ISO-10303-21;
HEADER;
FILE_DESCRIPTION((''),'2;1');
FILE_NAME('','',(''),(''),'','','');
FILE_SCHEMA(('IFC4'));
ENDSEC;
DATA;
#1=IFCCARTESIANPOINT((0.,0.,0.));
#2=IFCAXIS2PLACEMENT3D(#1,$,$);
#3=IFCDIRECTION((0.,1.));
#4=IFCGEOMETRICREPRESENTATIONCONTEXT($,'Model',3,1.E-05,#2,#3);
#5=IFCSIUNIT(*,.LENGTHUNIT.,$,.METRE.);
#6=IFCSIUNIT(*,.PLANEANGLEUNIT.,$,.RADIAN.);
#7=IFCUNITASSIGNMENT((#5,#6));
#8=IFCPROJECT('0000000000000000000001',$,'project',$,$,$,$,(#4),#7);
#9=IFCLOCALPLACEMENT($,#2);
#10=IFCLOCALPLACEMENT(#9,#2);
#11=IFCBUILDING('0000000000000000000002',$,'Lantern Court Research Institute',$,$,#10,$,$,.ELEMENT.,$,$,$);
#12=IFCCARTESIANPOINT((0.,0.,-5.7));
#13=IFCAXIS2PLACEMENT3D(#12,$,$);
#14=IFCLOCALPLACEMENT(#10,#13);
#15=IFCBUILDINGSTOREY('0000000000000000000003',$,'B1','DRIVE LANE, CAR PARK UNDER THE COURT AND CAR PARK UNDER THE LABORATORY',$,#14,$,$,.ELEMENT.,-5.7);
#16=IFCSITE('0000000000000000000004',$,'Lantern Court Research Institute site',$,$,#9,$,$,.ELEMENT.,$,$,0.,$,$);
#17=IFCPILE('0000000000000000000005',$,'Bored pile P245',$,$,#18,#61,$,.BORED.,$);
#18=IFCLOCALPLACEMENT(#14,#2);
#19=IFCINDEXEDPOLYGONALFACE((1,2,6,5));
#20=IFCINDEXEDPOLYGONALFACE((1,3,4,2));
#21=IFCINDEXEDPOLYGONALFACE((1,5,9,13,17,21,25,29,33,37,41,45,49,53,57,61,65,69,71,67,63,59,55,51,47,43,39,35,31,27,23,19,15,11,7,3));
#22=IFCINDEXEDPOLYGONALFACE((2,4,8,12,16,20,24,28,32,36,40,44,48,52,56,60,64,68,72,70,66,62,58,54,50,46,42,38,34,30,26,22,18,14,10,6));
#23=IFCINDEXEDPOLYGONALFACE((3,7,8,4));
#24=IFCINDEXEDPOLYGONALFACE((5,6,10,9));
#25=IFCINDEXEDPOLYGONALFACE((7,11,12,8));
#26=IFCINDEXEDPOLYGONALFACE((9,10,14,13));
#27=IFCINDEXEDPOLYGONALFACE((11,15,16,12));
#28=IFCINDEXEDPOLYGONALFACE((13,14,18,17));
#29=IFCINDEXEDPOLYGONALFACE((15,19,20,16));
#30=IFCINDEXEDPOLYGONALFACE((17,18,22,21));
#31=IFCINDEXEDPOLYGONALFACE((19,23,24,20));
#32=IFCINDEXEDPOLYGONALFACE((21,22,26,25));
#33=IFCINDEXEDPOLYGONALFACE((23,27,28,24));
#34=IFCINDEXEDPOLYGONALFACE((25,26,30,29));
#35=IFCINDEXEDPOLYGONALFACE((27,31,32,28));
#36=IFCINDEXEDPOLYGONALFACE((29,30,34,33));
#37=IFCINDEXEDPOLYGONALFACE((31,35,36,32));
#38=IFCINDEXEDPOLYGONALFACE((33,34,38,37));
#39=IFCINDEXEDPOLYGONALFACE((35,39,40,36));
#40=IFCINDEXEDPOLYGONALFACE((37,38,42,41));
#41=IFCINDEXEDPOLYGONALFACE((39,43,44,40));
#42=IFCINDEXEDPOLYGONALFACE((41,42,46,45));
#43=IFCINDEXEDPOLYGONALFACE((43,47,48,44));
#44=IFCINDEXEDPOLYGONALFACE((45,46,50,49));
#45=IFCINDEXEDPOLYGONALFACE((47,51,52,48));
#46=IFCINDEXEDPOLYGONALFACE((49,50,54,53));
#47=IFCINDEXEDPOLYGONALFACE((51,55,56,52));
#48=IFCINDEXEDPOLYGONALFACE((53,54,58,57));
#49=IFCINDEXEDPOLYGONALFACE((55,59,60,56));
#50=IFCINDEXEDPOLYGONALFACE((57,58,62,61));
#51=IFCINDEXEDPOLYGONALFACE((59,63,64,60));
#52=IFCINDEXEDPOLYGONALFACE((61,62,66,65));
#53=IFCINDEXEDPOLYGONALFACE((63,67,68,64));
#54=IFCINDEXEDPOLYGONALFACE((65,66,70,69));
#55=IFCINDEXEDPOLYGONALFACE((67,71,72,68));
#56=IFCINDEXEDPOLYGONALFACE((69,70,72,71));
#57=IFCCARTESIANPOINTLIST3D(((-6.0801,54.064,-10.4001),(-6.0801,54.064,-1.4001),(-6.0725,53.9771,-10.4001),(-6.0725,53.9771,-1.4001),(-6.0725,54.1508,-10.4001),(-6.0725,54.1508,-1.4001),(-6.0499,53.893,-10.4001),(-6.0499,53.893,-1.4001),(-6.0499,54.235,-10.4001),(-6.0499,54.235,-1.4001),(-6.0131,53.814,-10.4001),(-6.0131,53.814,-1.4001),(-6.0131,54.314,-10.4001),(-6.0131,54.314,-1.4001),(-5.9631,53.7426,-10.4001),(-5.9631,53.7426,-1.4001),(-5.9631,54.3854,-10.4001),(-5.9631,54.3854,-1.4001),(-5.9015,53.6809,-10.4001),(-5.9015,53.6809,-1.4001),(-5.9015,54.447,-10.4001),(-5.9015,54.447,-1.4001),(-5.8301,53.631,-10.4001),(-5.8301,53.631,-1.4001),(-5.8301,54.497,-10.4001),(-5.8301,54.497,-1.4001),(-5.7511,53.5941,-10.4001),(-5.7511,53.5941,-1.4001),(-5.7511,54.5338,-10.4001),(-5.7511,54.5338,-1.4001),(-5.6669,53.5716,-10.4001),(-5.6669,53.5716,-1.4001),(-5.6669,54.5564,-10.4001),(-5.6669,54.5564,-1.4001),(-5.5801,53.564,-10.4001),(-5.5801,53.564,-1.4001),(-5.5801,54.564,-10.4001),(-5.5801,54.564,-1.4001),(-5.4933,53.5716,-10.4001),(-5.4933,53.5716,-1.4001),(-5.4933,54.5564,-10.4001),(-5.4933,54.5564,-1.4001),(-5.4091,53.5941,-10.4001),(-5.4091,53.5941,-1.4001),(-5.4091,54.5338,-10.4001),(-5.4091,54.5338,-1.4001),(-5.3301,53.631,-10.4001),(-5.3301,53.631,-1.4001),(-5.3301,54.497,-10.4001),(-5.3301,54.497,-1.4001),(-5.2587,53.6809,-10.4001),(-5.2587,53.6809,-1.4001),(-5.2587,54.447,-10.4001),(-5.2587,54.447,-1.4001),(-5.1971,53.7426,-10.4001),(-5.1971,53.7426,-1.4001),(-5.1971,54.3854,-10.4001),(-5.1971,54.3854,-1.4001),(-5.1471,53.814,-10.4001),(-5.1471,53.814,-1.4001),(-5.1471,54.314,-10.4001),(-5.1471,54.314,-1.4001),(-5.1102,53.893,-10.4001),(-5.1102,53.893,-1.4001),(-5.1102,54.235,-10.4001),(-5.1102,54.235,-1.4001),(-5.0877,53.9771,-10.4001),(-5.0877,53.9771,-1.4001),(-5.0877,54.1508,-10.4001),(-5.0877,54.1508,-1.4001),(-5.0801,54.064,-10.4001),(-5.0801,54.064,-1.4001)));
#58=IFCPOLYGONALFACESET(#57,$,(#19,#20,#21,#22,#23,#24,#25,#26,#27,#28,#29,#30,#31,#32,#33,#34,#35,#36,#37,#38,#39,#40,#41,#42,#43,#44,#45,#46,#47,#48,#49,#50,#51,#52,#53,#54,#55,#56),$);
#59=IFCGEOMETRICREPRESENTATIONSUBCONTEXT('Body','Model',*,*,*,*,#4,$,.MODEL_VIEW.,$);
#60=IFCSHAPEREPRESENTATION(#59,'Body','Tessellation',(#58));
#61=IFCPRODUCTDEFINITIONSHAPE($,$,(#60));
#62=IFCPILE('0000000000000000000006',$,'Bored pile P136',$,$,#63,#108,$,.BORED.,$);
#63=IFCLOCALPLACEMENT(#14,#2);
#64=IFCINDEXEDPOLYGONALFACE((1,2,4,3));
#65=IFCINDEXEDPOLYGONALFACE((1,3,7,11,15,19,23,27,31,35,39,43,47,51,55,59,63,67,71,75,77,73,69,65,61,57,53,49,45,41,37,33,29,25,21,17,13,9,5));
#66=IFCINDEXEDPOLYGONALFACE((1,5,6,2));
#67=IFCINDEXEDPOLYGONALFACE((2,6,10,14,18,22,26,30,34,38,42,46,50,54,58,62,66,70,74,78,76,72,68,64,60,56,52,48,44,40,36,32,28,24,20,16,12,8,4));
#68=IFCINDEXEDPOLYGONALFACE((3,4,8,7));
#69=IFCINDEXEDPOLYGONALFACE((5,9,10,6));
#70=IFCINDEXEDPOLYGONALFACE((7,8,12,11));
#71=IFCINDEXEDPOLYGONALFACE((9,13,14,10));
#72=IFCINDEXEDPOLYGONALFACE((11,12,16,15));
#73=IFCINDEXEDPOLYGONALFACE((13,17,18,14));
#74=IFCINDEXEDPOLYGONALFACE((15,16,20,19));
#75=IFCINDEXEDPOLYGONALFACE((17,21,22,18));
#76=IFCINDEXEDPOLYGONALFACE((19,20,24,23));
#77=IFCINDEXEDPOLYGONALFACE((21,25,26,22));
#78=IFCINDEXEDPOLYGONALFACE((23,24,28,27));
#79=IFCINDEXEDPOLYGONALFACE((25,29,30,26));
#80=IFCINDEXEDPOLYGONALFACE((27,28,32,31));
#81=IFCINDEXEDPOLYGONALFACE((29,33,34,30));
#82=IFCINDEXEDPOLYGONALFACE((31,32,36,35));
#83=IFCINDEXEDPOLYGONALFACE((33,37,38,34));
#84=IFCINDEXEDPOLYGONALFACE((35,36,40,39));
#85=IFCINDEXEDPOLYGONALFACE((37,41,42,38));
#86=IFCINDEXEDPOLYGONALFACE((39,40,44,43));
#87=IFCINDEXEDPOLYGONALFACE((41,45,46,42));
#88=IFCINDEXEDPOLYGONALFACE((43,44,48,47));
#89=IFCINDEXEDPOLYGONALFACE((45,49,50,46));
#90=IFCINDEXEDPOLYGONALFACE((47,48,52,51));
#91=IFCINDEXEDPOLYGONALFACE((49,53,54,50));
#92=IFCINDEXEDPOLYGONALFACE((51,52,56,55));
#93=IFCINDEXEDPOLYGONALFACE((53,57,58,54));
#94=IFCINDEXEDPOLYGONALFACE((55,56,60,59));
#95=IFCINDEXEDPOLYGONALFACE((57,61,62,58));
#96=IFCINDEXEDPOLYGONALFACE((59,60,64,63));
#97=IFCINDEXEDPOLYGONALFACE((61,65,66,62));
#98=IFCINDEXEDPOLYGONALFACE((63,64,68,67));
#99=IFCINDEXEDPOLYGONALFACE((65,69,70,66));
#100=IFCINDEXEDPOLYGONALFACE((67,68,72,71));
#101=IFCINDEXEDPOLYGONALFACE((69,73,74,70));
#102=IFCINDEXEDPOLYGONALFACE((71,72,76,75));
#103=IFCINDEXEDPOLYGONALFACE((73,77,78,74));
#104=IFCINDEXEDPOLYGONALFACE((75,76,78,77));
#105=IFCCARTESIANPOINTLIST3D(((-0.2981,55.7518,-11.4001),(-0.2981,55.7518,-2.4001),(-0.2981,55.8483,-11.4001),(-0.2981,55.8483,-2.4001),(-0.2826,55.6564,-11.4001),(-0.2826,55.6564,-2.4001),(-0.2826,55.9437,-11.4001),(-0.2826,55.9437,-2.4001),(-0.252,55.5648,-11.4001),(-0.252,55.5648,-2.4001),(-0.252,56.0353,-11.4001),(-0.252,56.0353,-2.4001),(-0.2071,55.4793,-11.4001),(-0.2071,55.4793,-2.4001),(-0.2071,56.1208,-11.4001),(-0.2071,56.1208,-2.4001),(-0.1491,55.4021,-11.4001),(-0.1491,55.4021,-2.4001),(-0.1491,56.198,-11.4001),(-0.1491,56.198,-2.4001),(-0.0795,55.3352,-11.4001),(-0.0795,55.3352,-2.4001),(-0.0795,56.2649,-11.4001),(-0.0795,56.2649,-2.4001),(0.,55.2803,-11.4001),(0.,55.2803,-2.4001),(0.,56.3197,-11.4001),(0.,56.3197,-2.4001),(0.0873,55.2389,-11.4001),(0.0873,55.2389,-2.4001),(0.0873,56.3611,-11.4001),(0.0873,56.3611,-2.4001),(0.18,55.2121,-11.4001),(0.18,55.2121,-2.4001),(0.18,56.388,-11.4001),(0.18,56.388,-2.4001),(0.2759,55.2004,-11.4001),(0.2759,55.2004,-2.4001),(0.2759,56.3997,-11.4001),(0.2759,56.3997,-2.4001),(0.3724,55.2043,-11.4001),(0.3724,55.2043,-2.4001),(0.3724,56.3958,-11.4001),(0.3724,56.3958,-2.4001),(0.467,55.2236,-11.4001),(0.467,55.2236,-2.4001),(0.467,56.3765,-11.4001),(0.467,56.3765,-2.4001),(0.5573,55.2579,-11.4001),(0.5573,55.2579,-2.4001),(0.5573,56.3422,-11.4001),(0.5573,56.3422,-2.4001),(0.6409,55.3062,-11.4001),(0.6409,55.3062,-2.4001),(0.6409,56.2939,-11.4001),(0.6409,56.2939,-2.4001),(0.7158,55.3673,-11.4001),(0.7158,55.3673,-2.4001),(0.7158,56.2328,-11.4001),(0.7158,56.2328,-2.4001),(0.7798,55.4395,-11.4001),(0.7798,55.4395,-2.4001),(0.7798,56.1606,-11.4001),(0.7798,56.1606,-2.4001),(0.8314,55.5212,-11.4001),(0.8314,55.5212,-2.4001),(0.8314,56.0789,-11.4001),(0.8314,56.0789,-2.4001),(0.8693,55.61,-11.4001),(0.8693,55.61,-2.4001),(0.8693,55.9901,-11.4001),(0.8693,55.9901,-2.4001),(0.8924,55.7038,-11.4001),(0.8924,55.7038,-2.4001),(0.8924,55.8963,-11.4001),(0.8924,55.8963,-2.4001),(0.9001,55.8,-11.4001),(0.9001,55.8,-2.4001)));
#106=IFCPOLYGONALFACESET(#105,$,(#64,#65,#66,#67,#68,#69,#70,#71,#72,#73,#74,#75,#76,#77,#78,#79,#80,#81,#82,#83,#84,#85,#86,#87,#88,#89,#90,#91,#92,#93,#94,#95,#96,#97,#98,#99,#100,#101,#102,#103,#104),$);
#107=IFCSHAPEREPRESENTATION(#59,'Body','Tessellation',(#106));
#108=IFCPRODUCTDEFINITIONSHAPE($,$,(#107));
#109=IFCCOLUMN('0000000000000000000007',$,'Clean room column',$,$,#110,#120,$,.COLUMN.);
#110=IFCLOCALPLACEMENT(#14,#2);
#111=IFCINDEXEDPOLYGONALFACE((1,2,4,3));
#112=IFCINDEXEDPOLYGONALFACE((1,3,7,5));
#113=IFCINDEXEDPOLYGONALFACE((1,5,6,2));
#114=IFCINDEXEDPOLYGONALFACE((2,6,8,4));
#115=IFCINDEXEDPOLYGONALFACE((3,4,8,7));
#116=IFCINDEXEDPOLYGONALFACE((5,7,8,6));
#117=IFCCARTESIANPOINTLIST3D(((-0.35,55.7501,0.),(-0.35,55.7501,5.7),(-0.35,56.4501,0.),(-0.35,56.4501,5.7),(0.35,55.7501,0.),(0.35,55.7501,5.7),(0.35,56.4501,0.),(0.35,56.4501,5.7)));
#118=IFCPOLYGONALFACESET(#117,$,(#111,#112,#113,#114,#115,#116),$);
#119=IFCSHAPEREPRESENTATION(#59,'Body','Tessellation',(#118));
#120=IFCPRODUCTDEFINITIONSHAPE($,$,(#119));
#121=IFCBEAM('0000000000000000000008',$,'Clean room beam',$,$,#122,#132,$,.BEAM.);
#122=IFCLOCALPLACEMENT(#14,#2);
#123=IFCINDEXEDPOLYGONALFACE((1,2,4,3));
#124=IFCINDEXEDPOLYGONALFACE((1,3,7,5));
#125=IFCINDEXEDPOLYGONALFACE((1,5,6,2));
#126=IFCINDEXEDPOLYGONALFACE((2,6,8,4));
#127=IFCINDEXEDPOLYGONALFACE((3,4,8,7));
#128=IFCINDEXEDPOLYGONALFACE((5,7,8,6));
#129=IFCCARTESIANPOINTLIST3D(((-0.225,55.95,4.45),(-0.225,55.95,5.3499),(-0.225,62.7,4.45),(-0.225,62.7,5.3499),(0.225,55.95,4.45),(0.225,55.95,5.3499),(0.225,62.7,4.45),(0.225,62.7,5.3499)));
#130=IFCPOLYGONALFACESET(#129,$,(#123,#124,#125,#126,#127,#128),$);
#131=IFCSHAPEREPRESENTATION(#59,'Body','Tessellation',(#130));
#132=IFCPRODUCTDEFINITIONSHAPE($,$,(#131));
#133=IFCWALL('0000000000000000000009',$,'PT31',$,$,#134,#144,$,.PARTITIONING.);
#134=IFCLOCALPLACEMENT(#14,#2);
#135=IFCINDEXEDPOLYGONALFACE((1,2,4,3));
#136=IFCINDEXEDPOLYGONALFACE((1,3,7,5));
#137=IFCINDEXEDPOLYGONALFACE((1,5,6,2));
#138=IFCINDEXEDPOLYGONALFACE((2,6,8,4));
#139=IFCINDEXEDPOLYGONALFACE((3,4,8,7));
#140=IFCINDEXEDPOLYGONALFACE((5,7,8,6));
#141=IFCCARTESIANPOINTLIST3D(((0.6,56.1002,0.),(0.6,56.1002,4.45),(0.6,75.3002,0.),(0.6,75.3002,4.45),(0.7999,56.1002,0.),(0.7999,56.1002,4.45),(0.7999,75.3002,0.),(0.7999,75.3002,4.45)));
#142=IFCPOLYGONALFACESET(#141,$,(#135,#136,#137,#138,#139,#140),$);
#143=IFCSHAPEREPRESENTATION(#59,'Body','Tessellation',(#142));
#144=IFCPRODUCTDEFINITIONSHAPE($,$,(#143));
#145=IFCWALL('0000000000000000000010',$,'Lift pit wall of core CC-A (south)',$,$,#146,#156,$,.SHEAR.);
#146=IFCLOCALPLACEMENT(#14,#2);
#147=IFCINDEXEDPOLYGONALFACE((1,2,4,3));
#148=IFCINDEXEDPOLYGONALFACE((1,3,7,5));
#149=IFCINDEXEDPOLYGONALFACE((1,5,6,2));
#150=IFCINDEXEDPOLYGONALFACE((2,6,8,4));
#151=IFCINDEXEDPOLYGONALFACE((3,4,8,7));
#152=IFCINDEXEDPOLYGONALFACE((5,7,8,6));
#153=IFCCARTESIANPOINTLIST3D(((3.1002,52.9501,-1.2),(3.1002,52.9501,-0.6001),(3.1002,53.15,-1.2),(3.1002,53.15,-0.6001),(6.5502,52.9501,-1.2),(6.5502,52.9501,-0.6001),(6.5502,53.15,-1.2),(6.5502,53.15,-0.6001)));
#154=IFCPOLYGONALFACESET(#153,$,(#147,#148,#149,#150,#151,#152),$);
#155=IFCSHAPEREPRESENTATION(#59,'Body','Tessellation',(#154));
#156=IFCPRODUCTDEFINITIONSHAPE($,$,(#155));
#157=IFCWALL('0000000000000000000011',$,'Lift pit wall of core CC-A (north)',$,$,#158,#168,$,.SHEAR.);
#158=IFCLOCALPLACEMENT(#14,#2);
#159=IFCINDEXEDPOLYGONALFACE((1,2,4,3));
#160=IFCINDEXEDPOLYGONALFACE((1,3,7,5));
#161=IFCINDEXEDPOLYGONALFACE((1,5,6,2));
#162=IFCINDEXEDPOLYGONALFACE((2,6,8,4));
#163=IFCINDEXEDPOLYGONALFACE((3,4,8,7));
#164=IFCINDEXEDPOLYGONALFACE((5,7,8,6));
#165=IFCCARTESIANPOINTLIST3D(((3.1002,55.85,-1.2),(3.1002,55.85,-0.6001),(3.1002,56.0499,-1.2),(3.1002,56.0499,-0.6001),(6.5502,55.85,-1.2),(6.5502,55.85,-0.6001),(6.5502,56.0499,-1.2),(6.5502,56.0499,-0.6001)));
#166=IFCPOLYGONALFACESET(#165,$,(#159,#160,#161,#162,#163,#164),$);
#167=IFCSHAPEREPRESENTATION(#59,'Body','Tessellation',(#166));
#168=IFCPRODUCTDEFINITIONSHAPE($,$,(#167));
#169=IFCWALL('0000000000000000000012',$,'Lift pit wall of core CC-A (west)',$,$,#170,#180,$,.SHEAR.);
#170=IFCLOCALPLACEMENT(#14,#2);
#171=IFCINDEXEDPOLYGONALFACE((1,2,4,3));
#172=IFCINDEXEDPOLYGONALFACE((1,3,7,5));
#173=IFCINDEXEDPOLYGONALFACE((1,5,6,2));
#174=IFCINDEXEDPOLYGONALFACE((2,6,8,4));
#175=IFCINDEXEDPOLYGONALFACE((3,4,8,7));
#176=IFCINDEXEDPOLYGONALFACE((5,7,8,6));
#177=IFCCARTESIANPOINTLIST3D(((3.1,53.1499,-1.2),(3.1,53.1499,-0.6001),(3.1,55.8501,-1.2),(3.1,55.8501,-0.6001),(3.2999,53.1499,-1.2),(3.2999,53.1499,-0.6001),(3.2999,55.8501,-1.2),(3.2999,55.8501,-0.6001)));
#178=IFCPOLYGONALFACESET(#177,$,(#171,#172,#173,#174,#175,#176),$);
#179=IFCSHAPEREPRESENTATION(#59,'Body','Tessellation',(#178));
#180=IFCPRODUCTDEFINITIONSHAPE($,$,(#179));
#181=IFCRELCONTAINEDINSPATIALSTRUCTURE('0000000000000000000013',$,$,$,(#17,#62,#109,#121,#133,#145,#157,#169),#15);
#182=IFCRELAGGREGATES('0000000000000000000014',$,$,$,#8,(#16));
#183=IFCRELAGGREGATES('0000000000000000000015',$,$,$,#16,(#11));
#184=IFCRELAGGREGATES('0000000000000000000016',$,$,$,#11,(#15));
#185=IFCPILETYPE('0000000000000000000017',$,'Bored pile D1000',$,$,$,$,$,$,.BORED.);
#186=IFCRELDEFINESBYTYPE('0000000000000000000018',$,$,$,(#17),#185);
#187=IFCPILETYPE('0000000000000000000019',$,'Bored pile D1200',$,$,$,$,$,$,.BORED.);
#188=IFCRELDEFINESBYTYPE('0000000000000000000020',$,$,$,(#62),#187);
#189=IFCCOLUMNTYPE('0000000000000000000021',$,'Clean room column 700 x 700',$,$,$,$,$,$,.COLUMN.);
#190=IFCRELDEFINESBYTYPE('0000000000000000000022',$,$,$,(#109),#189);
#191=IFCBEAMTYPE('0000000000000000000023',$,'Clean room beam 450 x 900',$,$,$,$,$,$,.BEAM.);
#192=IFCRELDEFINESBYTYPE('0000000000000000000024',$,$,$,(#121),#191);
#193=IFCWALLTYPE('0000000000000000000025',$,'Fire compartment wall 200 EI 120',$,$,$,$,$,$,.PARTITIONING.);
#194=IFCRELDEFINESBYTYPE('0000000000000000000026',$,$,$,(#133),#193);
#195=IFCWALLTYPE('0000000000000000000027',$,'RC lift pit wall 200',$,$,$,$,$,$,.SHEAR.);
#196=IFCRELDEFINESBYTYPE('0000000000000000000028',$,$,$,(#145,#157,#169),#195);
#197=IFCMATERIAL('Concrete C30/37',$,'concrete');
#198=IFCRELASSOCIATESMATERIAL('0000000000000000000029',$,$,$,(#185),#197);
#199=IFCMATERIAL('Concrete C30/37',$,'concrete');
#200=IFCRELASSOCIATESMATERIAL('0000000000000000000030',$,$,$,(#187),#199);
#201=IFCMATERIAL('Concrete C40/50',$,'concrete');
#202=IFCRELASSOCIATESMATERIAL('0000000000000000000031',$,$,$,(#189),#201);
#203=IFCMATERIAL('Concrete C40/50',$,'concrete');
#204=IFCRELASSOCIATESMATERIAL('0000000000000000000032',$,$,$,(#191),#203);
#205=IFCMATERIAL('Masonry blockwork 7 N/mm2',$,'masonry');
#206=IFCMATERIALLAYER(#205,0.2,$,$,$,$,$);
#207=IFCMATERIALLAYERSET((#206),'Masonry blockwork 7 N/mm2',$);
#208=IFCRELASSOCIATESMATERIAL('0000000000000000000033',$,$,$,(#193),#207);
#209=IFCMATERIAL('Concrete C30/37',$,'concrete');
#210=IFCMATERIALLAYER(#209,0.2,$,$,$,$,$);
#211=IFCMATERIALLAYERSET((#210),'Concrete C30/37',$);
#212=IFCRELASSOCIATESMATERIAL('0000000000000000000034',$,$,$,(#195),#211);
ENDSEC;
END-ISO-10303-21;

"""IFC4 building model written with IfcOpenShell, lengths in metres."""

from ifc_helpers import new_model, si_unit, direction, frame, frame_2d, origin, origin_2d, place, context, subcontext, project, spatial, rectangle, circle, extrude, material, layer, layer_set, material_profile, profile_set, type_object, element, save


model = new_model("IFC4")

# Units and contexts
model_context = context("Model", 3, precision=1e-05, world=origin(), true_north=direction((0.0, 1.0)))
body_context = subcontext(model_context, "Body", "Model", "MODEL_VIEW")
ifc_project = project(units=[si_unit("LENGTHUNIT", "METRE"), si_unit("PLANEANGLEUNIT", "RADIAN")], contexts=[model_context])

# Site, building, storey
site_placement = place(None, origin())
site = spatial("IfcSite", under=ifc_project, at=site_placement, Name="Lantern Court Research Institute site", CompositionType="ELEMENT", RefElevation=0.0)
building_placement = place(site_placement, origin())
building = spatial("IfcBuilding", under=site, at=building_placement, Name="Lantern Court Research Institute", CompositionType="ELEMENT")
storey_placement = place(building_placement, frame((0.0, 0.0, -5.7)))
storey = spatial("IfcBuildingStorey", under=building, at=storey_placement, Name="B1", Description="DRIVE LANE, CAR PARK UNDER THE COURT AND CAR PARK UNDER THE LABORATORY", CompositionType="ELEMENT", Elevation=-5.7)

# Piles
ifc_material_1 = material(Name="Concrete C30/37", Category="concrete")
ifc_material_profile_1 = material_profile(ifc_material_1, circle(Radius=0.5, at=origin_2d()), Name="Bored pile D1000")
ifc_profile_set_1 = profile_set([ifc_material_profile_1], Name="Concrete C30/37")
pile_type_1 = type_object("IfcPileType", Name="Bored pile D1000", PredefinedType="BORED", material=ifc_profile_set_1)
pile_1_placement = place(storey_placement, frame((-5.5801, 54.064, -1.4001), z_axis=(0.0, 0.0, -1.0), x_axis=(1.0, 0.0, 0.0)))
element("IfcPile", 1, at=pile_1_placement, inside=storey, type_object=pile_type_1, Name="Bored pile P245", PredefinedType="BORED", context=body_context, shape_type="SweptSolid", body=[
    extrude(circle(Radius=0.5, at=origin_2d()), origin(), (0.0, 0.0, 1.0), 9.0),
])
ifc_material_2 = material(Name="Concrete C30/37", Category="concrete")
ifc_material_profile_2 = material_profile(ifc_material_2, circle(Radius=0.6001, at=origin_2d()), Name="Bored pile D1200")
ifc_profile_set_2 = profile_set([ifc_material_profile_2], Name="Concrete C30/37")
pile_type_2 = type_object("IfcPileType", Name="Bored pile D1200", PredefinedType="BORED", material=ifc_profile_set_2)
pile_2_placement = place(storey_placement, frame((0.3, 55.8, -2.4001), z_axis=(0.0, 0.0, -1.0), x_axis=(1.0, 0.0, 0.0)))
element("IfcPile", 2, at=pile_2_placement, inside=storey, type_object=pile_type_2, Name="Bored pile P136", PredefinedType="BORED", context=body_context, shape_type="SweptSolid", body=[
    extrude(circle(Radius=0.6001, at=origin_2d()), origin(), (0.0, 0.0, 1.0), 9.0),
])

# Column
ifc_material_3 = material(Name="Concrete C40/50", Category="concrete")
ifc_material_profile_3 = material_profile(ifc_material_3, rectangle(XDim=0.7, YDim=0.7, at=origin_2d()), Name="Clean room column 700 x 700")
ifc_profile_set_3 = profile_set([ifc_material_profile_3], Name="Concrete C40/50")
column_type = type_object("IfcColumnType", Name="Clean room column 700 x 700", PredefinedType="COLUMN", material=ifc_profile_set_3)
column_placement = place(storey_placement, frame((0.0, 56.1001, 0.0), z_axis=(0.0, 0.0, 1.0), x_axis=(1.0, 0.0, 0.0)))
element("IfcColumn", 3, at=column_placement, inside=storey, type_object=column_type, Name="Clean room column", PredefinedType="COLUMN", context=body_context, shape_type="SweptSolid", body=[
    extrude(rectangle(XDim=0.7, YDim=0.7, at=origin_2d()), origin(), (0.0, 0.0, 1.0), 5.7),
])

# Beam
ifc_material_4 = material(Name="Concrete C40/50", Category="concrete")
ifc_material_profile_4 = material_profile(ifc_material_4, rectangle(XDim=0.45, YDim=0.8999, at=origin_2d()), Name="Clean room beam 450 x 900")
ifc_profile_set_4 = profile_set([ifc_material_profile_4], Name="Concrete C40/50")
beam_type = type_object("IfcBeamType", Name="Clean room beam 450 x 900", PredefinedType="BEAM", material=ifc_profile_set_4)
beam_placement = place(storey_placement, frame((0.0, 55.95, 4.8999), z_axis=(0.0, 1.0, 0.0), x_axis=(-1.0, 0.0, 0.0)))
element("IfcBeam", 4, at=beam_placement, inside=storey, type_object=beam_type, Name="Clean room beam", PredefinedType="BEAM", context=body_context, shape_type="SweptSolid", body=[
    extrude(rectangle(XDim=0.45, YDim=0.8999, at=origin_2d()), origin(), (0.0, 0.0, 1.0), 6.75),
])

# Walls
ifc_material_5 = material(Name="Masonry blockwork 7 N/mm2", Category="masonry")
ifc_layer_1 = layer(ifc_material_5, 0.2)
ifc_layer_set_1 = layer_set([ifc_layer_1], Name="Masonry blockwork 7 N/mm2")
wall_type_1 = type_object("IfcWallType", Name="Fire compartment wall 200 EI 120", PredefinedType="PARTITIONING", material=ifc_layer_set_1)
wall_1_placement = place(storey_placement, frame((0.7, 56.1001, 0.0), z_axis=(0.0, 0.0, 1.0), x_axis=(0.0, 1.0, 0.0)))
element("IfcWall", 5, at=wall_1_placement, inside=storey, type_object=wall_type_1, Name="PT31", PredefinedType="PARTITIONING", context=body_context, shape_type="SweptSolid", body=[
    extrude(rectangle(XDim=19.2, YDim=0.2, at=frame_2d((9.6001, 0.0))), origin(), (0.0, 0.0, 1.0), 4.45),
])
ifc_material_6 = material(Name="Concrete C30/37", Category="concrete")
ifc_layer_2 = layer(ifc_material_6, 0.2)
ifc_layer_set_2 = layer_set([ifc_layer_2], Name="Concrete C30/37")
wall_type_2 = type_object("IfcWallType", Name="RC lift pit wall 200", PredefinedType="SHEAR", material=ifc_layer_set_2)
for number, where, z_axis, x_axis, name in (
    (6, (3.1001, 53.05, -1.2), (0.0, 0.0, 1.0), (1.0, 0.0, 0.0), "Lift pit wall of core CC-A (south)"),
    (7, (3.1001, 55.95, -1.2), (0.0, 0.0, 1.0), (1.0, 0.0, 0.0), "Lift pit wall of core CC-A (north)"),
):
    element("IfcWall", number, at=place(storey_placement, frame(where, z_axis=z_axis, x_axis=x_axis)), inside=storey, type_object=wall_type_2, Name=name, PredefinedType="SHEAR", context=body_context, shape_type="SweptSolid", body=[
        extrude(rectangle(XDim=3.45, YDim=0.2, at=frame_2d((1.7251, 0.0))), origin(), (0.0, 0.0, 1.0), 0.5999),
    ])
wall_2_placement = place(storey_placement, frame((3.2, 53.1499, -1.2), z_axis=(0.0, 0.0, 1.0), x_axis=(0.0, 1.0, 0.0)))
element("IfcWall", 8, at=wall_2_placement, inside=storey, type_object=wall_type_2, Name="Lift pit wall of core CC-A (west)", PredefinedType="SHEAR", context=body_context, shape_type="SweptSolid", body=[
    extrude(rectangle(XDim=2.7002, YDim=0.2, at=frame_2d((1.3501, 0.0))), origin(), (0.0, 0.0, 1.0), 0.5999),
])

save(model, "model.ifc")
